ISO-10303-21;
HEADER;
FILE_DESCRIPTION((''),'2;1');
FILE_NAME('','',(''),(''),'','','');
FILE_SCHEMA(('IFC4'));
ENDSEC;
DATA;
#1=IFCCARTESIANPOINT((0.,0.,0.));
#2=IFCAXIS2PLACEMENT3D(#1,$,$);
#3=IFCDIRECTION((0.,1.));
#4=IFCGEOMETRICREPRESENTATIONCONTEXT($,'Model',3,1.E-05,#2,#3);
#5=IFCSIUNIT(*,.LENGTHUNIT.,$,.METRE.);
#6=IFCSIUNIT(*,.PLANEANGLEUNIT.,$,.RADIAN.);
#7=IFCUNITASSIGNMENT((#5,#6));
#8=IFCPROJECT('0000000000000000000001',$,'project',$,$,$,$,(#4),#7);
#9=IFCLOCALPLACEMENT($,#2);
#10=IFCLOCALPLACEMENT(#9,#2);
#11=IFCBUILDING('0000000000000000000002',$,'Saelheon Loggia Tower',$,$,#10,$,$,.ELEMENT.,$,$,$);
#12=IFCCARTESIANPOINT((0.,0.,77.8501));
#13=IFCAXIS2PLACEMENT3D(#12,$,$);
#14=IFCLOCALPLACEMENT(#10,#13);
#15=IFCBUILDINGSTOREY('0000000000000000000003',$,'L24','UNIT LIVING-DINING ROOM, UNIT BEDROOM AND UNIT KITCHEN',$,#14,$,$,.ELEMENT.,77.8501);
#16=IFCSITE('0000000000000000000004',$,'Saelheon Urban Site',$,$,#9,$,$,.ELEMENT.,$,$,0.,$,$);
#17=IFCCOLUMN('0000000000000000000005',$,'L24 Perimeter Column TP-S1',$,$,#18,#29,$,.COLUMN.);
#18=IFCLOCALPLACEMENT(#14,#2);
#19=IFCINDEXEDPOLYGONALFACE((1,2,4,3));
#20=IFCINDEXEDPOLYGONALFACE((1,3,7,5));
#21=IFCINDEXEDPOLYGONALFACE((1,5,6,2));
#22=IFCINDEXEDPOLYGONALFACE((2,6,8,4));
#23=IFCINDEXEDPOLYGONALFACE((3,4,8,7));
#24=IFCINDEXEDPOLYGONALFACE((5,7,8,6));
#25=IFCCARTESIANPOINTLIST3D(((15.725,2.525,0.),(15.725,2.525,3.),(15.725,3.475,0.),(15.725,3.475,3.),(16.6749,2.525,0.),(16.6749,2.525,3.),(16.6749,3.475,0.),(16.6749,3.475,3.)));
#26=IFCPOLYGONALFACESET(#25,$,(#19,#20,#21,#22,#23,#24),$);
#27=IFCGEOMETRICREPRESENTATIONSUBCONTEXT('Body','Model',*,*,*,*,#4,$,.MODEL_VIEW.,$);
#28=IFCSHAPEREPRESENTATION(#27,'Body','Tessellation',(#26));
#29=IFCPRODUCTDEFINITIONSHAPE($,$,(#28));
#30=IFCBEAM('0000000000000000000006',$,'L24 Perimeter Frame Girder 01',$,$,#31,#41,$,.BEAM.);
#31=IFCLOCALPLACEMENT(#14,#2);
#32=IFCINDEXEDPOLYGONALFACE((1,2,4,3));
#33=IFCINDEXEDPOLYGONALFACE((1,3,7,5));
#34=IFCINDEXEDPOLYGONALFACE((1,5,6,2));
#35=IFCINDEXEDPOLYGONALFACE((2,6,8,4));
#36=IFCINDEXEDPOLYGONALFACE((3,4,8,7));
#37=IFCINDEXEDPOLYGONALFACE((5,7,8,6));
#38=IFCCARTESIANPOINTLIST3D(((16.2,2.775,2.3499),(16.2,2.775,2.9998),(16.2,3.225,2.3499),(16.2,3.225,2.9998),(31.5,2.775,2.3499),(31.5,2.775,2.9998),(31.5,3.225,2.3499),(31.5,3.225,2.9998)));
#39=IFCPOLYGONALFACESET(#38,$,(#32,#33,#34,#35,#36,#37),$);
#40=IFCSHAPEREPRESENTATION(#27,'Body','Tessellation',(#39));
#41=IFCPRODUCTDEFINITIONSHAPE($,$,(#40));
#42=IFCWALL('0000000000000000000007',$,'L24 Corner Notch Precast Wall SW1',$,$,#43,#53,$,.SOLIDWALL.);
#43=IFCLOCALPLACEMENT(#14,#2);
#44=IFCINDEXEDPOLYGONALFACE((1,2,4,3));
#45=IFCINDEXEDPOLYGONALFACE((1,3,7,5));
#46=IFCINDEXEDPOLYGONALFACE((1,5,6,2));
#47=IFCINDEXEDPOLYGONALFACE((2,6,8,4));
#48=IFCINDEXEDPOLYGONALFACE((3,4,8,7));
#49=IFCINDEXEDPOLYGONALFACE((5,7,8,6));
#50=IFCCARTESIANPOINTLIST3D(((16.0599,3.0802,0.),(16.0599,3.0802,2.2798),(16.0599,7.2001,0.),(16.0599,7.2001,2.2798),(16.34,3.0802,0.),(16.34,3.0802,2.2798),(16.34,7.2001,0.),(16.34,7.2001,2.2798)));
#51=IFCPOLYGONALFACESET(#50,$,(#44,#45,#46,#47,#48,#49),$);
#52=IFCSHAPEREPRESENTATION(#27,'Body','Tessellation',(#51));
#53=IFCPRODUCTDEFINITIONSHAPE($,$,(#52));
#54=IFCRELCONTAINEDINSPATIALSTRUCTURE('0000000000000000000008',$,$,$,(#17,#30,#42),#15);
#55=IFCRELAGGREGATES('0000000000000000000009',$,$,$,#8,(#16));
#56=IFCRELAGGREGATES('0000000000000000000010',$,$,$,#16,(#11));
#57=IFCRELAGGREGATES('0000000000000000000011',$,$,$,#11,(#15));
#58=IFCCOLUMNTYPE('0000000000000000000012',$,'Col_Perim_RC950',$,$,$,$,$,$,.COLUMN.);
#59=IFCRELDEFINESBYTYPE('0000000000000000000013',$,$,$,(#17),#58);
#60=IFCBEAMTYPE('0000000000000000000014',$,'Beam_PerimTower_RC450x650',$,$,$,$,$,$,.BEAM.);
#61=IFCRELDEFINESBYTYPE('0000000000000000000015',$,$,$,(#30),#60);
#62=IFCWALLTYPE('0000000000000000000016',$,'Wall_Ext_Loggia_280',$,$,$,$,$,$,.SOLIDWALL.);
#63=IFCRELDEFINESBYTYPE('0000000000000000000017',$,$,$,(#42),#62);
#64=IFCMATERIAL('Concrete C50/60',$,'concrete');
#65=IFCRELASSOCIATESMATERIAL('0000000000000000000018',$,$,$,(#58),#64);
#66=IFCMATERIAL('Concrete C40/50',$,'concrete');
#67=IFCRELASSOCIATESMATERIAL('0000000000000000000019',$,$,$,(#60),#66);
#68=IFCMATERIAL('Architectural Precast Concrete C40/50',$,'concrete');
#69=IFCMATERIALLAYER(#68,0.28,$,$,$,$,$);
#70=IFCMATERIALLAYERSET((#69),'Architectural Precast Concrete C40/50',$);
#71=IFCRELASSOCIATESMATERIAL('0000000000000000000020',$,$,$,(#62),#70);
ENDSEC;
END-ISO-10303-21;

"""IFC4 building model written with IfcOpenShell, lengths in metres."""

from ifc_helpers import new_model, si_unit, direction, frame, frame_2d, origin, origin_2d, place, context, subcontext, project, spatial, rectangle, extrude, source, transform, mapped, material, layer, layer_set, material_profile, profile_set, type_object, element, save


model = new_model("IFC4")

# Units and contexts
model_context = context("Model", 3, precision=1e-05, world=origin(), true_north=direction((0.0, 1.0)))
body_context = subcontext(model_context, "Body", "Model", "MODEL_VIEW")
ifc_project = project(units=[si_unit("LENGTHUNIT", "METRE"), si_unit("PLANEANGLEUNIT", "RADIAN")], contexts=[model_context])

# Site, building, storey
site_placement = place(None, origin())
site = spatial("IfcSite", under=ifc_project, at=site_placement, Name="Saelheon Urban Site", CompositionType="ELEMENT", RefElevation=0.0)
building_placement = place(site_placement, origin())
building = spatial("IfcBuilding", under=site, at=building_placement, Name="Saelheon Loggia Tower", CompositionType="ELEMENT")
storey_placement = place(building_placement, frame((0.0, 0.0, 77.8501)))
storey = spatial("IfcBuildingStorey", under=building, at=storey_placement, Name="L24", Description="UNIT LIVING-DINING ROOM, UNIT BEDROOM AND UNIT KITCHEN", CompositionType="ELEMENT", Elevation=77.8501)

# Column
ifc_material_1 = material(Name="Concrete C50/60", Category="concrete")
ifc_material_profile_1 = material_profile(ifc_material_1, rectangle(XDim=0.95, YDim=0.95, at=origin_2d()), Name="RC-950x950")
ifc_profile_set_1 = profile_set([ifc_material_profile_1], Name="Concrete C50/60")
column_type = type_object("IfcColumnType", Name="Col_Perim_RC950", PredefinedType="COLUMN", material=ifc_profile_set_1)
shared_shape_1 = source(origin(), body_context, "Body", "SweptSolid", [
    extrude(rectangle(XDim=0.95, YDim=0.95, at=origin_2d()), origin(), (0.0, 0.0, 1.0), 3.0),
])
column_placement = place(storey_placement, frame((16.2, 3.0, 0.0), z_axis=(0.0, 0.0, 1.0), x_axis=(1.0, 0.0, 0.0)))
element("IfcColumn", 1, at=column_placement, inside=storey, type_object=column_type, Name="L24 Perimeter Column TP-S1", PredefinedType="COLUMN", context=body_context, shape_type="MappedRepresentation", body=[
    mapped(shared_shape_1, transform((0.0, 0.0, 0.0), scale=1.0)),
])

# Beam
ifc_material_2 = material(Name="Concrete C40/50", Category="concrete")
ifc_material_profile_2 = material_profile(ifc_material_2, rectangle(XDim=0.45, YDim=0.6499, at=origin_2d()), Name="RC-450x650")
ifc_profile_set_2 = profile_set([ifc_material_profile_2], Name="Concrete C40/50")
beam_type = type_object("IfcBeamType", Name="Beam_PerimTower_RC450x650", PredefinedType="BEAM", material=ifc_profile_set_2)
shared_shape_2 = source(origin(), body_context, "Body", "SweptSolid", [
    extrude(rectangle(XDim=0.45, YDim=0.6499, at=origin_2d()), origin(), (0.0, 0.0, 1.0), 15.3),
])
beam_placement = place(storey_placement, frame((16.2, 3.0, 2.6748), z_axis=(1.0, 0.0, 0.0), x_axis=(0.0, 1.0, 0.0)))
element("IfcBeam", 2, at=beam_placement, inside=storey, type_object=beam_type, Name="L24 Perimeter Frame Girder 01", PredefinedType="BEAM", context=body_context, shape_type="MappedRepresentation", body=[
    mapped(shared_shape_2, transform((0.0, 0.0, 0.0), scale=1.0)),
])

# Wall
ifc_material_3 = material(Name="Architectural Precast Concrete C40/50", Category="concrete")
ifc_layer = layer(ifc_material_3, 0.28)
ifc_layer_set = layer_set([ifc_layer], Name="Architectural Precast Concrete C40/50")
wall_type = type_object("IfcWallType", Name="Wall_Ext_Loggia_280", PredefinedType="SOLIDWALL", material=ifc_layer_set)
wall_placement = place(storey_placement, frame((16.2, 3.0801, 0.0), z_axis=(0.0, 0.0, 1.0), x_axis=(0.0, 1.0, 0.0)))
element("IfcWall", 3, at=wall_placement, inside=storey, type_object=wall_type, Name="L24 Corner Notch Precast Wall SW1", PredefinedType="SOLIDWALL", context=body_context, shape_type="SweptSolid", body=[
    extrude(rectangle(XDim=4.1199, YDim=0.28, at=frame_2d((2.0601, 0.0))), origin(), (0.0, 0.0, 1.0), 2.2798),
])

save(model, "model.ifc")
